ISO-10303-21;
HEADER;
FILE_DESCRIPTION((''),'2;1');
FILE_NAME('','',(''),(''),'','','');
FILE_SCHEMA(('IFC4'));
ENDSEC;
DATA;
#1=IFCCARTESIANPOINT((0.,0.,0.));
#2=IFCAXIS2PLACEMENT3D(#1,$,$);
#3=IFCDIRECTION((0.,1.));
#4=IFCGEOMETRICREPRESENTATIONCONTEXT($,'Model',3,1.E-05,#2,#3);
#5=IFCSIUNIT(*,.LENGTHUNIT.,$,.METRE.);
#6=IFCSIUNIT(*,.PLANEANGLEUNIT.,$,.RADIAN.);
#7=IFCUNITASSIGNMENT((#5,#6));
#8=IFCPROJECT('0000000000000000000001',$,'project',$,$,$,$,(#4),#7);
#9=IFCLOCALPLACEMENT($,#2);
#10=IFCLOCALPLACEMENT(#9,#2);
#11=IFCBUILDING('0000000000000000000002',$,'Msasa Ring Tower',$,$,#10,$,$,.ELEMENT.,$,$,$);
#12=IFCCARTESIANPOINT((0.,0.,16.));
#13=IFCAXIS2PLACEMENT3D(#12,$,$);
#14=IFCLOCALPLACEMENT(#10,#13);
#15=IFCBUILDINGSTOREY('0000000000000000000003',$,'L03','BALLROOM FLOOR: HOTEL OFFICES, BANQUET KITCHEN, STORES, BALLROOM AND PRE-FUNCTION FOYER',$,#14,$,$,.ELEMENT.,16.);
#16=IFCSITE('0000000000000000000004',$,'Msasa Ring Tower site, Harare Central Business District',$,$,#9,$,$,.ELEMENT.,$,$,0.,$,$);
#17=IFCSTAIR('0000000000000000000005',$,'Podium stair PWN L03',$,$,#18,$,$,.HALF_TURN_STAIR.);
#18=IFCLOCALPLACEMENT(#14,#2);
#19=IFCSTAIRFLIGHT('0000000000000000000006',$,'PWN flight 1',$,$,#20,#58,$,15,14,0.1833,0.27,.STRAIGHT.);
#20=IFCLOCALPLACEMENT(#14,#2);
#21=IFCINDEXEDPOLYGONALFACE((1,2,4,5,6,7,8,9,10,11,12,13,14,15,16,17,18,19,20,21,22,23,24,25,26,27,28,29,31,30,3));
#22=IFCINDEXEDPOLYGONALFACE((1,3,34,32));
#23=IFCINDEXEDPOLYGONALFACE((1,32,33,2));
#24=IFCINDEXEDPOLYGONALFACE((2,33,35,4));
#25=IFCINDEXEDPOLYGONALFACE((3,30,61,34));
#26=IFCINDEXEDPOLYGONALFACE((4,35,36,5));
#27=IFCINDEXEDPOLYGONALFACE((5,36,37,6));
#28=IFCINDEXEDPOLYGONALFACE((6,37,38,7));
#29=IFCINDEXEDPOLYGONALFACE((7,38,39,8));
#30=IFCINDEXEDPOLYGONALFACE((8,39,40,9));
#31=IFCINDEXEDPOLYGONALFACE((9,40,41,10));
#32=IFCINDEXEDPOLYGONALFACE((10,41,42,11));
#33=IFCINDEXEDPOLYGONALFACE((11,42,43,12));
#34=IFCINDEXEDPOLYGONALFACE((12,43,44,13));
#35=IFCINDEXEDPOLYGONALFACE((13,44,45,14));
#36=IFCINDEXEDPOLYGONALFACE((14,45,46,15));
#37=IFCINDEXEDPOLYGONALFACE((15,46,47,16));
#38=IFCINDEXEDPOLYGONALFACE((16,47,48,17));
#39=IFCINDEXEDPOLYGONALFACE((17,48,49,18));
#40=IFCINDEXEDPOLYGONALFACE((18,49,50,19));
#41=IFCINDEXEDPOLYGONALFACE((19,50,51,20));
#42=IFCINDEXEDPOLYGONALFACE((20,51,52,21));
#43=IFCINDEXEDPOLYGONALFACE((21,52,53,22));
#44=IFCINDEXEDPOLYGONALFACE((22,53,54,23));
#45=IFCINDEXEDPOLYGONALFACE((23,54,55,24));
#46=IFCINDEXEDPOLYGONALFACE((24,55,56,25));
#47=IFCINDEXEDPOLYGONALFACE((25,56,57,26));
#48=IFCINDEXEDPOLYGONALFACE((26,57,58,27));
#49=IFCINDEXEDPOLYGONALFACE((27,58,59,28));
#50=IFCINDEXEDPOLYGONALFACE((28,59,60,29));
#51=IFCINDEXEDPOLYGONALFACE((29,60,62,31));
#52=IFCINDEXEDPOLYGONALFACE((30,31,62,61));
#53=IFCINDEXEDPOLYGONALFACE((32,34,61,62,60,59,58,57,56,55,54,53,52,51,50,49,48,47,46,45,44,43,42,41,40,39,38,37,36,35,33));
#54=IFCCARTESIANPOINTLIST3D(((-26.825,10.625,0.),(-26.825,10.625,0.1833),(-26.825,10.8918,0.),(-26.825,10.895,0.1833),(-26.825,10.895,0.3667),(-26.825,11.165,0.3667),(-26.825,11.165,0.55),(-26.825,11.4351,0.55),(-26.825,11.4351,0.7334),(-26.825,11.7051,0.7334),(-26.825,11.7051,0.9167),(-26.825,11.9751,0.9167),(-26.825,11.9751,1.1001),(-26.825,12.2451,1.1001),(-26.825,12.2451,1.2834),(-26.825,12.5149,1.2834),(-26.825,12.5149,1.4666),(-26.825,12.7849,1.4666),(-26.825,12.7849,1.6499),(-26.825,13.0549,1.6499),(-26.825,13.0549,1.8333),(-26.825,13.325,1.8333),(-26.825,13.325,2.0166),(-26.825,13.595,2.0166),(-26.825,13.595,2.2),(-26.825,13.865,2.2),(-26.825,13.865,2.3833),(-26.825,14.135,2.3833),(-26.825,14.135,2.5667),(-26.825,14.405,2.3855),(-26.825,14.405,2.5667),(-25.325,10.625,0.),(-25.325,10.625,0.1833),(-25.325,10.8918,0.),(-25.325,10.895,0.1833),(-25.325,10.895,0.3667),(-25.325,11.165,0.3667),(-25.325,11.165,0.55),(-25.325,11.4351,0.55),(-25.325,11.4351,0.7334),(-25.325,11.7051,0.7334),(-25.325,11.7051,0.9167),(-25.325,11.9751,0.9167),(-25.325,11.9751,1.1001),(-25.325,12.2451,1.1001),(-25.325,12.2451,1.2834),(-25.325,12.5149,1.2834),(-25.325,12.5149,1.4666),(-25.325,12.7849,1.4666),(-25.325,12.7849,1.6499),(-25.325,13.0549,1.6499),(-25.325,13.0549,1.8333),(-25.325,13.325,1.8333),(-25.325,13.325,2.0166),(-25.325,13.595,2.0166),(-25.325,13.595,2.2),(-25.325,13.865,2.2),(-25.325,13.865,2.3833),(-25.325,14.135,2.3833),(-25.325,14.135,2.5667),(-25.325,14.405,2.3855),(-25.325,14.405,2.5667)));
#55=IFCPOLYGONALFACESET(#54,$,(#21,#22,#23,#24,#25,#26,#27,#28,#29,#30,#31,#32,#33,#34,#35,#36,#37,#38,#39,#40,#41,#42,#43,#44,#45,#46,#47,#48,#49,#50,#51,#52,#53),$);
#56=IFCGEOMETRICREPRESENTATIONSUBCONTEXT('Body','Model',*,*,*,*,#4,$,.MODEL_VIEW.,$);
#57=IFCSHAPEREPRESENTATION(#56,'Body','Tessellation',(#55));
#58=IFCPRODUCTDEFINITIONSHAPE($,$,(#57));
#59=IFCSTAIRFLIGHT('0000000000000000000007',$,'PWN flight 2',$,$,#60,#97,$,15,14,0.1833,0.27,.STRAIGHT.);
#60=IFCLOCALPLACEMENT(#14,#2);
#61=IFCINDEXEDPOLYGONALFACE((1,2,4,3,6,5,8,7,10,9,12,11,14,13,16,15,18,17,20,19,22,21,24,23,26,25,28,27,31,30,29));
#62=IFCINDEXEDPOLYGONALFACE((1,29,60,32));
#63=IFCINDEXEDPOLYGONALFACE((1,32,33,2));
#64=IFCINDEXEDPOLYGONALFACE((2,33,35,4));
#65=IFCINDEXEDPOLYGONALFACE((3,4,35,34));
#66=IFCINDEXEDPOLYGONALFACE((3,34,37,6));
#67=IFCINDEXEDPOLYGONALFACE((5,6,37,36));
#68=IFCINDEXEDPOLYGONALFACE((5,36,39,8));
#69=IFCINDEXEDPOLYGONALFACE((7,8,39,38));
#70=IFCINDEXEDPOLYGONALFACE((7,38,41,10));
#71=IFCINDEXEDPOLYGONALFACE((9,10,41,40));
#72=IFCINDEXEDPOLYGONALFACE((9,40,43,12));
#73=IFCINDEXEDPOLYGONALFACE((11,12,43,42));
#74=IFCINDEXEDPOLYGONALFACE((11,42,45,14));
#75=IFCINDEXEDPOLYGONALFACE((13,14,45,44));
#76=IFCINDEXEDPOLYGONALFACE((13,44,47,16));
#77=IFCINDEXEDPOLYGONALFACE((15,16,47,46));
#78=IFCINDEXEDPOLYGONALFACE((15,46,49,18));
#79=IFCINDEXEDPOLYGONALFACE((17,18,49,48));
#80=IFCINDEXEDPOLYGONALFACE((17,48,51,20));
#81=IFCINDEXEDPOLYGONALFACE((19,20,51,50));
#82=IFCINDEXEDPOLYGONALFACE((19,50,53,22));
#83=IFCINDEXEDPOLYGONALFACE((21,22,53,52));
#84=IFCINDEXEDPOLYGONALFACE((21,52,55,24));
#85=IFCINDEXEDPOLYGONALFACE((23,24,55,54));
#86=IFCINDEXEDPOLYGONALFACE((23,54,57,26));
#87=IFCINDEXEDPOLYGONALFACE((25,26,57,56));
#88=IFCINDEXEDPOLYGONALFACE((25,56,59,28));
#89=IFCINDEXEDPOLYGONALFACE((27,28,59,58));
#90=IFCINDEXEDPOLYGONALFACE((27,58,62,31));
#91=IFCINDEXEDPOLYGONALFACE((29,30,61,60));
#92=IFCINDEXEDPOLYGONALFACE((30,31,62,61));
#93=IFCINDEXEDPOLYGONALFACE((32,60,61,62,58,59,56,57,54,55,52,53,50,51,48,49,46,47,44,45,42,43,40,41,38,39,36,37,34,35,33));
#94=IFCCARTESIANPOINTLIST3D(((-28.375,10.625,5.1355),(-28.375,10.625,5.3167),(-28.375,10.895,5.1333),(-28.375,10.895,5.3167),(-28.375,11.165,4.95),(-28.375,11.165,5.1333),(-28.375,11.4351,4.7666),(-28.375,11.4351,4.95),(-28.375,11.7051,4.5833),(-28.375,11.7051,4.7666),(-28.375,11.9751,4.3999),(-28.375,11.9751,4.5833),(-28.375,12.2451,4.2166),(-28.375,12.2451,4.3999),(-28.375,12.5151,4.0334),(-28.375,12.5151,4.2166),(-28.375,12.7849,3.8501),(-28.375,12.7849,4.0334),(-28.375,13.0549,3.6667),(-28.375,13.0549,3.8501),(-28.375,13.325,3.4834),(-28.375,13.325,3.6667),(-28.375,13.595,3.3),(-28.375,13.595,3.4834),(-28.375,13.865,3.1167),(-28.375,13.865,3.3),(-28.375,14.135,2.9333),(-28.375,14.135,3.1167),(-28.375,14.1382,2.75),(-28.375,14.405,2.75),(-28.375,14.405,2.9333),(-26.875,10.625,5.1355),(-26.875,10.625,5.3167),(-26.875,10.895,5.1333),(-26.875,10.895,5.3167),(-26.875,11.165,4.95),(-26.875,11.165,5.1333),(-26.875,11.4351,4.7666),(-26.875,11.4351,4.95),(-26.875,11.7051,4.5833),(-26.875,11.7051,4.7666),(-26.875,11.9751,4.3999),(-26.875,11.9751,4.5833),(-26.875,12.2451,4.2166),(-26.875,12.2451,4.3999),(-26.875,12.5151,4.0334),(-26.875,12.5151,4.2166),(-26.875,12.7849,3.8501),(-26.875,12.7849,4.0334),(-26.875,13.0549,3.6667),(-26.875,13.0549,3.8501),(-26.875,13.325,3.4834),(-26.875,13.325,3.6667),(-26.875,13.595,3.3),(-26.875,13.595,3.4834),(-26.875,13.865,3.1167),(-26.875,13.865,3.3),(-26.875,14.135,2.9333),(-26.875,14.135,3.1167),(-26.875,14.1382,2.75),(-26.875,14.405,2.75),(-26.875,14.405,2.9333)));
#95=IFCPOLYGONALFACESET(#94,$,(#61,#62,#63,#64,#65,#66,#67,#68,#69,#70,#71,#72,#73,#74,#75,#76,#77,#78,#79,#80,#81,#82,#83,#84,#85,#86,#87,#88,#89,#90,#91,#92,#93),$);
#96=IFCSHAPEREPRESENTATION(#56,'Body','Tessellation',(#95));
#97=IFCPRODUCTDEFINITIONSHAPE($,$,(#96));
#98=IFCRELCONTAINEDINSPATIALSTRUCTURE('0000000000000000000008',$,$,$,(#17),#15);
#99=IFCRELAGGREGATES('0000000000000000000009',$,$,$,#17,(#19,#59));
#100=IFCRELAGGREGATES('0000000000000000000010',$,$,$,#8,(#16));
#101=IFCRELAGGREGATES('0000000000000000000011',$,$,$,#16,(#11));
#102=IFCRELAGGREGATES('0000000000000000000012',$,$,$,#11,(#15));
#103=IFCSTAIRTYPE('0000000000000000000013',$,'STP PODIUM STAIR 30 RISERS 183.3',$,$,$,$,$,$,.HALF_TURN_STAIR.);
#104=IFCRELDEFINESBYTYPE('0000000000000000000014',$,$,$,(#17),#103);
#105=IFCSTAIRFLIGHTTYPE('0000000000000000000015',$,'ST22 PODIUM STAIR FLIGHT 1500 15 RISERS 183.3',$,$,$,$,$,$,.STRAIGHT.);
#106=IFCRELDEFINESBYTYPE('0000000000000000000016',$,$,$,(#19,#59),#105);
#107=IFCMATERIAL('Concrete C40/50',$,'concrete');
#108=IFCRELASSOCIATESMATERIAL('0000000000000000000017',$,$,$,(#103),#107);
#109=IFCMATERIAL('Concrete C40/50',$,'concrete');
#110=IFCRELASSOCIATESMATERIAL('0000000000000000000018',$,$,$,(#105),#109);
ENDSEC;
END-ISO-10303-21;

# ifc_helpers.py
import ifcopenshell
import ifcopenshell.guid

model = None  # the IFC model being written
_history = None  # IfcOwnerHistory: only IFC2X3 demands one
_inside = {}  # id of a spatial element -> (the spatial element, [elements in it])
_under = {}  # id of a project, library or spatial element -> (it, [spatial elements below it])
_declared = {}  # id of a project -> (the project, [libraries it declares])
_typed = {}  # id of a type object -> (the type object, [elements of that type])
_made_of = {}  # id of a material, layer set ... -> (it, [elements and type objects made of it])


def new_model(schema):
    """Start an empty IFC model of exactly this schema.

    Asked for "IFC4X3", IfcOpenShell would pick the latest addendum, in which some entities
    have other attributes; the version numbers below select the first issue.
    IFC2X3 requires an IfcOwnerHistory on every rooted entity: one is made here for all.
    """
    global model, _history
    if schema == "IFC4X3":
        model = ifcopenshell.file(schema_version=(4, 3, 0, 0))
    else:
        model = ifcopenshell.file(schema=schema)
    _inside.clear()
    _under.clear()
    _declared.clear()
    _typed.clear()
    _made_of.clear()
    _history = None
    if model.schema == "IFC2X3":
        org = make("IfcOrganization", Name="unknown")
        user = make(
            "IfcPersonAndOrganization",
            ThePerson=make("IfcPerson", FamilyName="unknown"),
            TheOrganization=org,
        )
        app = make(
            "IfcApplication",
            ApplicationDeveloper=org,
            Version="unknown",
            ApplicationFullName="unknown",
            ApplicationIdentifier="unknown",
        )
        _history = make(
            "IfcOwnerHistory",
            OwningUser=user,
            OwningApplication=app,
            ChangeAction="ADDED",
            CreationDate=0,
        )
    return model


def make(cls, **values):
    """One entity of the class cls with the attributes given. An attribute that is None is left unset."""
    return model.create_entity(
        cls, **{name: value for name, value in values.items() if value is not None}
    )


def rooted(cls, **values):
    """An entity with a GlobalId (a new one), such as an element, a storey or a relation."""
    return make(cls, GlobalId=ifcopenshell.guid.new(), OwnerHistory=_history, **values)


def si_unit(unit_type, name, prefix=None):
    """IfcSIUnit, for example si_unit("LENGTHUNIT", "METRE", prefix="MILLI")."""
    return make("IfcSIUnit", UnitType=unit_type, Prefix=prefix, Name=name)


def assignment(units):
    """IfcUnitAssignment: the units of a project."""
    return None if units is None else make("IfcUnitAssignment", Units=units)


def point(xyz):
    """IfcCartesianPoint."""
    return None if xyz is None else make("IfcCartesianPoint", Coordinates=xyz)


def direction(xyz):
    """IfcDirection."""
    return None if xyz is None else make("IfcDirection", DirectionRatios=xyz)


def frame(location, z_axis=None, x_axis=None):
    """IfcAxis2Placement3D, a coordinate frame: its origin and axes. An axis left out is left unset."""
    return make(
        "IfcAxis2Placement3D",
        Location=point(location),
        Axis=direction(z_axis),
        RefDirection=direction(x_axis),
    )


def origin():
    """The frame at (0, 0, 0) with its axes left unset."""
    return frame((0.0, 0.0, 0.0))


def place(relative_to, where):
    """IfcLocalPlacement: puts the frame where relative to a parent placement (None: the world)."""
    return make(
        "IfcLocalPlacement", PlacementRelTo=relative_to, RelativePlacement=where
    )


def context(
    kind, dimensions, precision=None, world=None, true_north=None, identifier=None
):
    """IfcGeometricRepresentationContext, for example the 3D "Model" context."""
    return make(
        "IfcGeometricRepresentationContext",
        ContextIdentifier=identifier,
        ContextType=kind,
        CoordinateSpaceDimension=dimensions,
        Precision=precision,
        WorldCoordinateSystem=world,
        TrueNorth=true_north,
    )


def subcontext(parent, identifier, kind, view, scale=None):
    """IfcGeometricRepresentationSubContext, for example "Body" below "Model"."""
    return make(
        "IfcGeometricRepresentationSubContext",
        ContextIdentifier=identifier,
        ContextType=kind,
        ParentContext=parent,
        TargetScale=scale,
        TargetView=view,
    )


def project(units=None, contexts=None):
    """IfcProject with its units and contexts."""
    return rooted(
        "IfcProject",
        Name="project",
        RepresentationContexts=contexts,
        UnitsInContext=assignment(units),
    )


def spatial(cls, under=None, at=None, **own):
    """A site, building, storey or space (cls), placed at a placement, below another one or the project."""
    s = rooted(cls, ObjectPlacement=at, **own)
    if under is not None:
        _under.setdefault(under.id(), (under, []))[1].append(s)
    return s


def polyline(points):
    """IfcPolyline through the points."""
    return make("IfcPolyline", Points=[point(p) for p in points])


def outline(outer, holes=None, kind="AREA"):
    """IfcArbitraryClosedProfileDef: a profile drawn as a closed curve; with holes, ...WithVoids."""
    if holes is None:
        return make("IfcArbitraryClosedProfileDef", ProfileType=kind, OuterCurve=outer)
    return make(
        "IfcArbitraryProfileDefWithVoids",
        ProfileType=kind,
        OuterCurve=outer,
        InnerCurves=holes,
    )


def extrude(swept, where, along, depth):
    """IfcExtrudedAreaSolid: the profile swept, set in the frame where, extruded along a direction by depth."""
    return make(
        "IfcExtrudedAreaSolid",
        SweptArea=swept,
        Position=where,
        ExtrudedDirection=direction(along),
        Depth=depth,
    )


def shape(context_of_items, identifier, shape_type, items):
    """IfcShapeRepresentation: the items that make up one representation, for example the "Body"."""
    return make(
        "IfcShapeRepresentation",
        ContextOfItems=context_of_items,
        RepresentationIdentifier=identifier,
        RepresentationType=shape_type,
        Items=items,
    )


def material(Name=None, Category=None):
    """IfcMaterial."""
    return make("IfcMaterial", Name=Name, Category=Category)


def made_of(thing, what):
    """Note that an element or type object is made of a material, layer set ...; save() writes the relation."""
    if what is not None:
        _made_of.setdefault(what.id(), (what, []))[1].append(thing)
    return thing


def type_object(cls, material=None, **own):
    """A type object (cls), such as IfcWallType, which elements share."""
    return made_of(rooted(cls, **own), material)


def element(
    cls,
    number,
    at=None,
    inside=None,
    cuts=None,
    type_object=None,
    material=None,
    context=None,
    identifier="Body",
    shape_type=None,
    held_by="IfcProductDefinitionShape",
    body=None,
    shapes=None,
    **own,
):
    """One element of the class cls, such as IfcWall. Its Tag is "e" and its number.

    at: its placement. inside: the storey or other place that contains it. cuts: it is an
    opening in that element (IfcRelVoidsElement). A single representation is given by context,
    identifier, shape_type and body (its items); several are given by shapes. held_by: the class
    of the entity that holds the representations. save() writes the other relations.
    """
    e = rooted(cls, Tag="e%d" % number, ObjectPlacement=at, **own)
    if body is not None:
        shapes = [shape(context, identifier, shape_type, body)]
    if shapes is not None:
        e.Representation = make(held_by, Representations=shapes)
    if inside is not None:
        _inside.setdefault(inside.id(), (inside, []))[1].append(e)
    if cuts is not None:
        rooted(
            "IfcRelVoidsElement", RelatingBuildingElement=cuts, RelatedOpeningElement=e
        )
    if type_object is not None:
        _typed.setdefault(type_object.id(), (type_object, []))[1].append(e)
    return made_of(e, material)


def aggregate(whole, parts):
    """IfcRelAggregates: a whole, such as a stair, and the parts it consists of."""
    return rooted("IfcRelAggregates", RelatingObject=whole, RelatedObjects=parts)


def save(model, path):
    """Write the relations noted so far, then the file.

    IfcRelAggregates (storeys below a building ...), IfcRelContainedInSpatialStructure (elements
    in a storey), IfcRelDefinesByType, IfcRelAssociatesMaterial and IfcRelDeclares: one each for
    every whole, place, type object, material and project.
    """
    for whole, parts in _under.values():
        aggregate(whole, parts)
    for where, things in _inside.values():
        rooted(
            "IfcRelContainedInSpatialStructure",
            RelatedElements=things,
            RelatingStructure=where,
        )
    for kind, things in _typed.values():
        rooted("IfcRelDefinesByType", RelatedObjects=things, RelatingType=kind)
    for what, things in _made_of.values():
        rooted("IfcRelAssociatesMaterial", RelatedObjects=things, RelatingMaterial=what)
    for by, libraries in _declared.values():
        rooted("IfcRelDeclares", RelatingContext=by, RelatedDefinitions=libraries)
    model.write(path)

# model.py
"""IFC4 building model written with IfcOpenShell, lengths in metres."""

from ifc_helpers import new_model, si_unit, direction, frame, origin, place, context, subcontext, project, spatial, polyline, outline, extrude, material, type_object, element, aggregate, save


model = new_model("IFC4")

# Units and contexts
model_context = context("Model", 3, precision=1e-05, world=origin(), true_north=direction((0.0, 1.0)))
body_context = subcontext(model_context, "Body", "Model", "MODEL_VIEW")
ifc_project = project(units=[si_unit("LENGTHUNIT", "METRE"), si_unit("PLANEANGLEUNIT", "RADIAN")], contexts=[model_context])

# Site, building, storey
site_placement = place(None, origin())
site = spatial("IfcSite", under=ifc_project, at=site_placement, Name="Msasa Ring Tower site, Harare Central Business District", CompositionType="ELEMENT", RefElevation=0.0)
building_placement = place(site_placement, origin())
building = spatial("IfcBuilding", under=site, at=building_placement, Name="Msasa Ring Tower", CompositionType="ELEMENT")
storey_placement = place(building_placement, frame((0.0, 0.0, 16.0)))
storey = spatial("IfcBuildingStorey", under=building, at=storey_placement, Name="L03", Description="BALLROOM FLOOR: HOTEL OFFICES, BANQUET KITCHEN, STORES, BALLROOM AND PRE-FUNCTION FOYER", CompositionType="ELEMENT", Elevation=16.0)

# Stair, stair flights
ifc_material_1 = material(Name="Concrete C40/50", Category="concrete")
stair_type = type_object("IfcStairType", Name="STP PODIUM STAIR 30 RISERS 183.3", PredefinedType="HALF_TURN_STAIR", material=ifc_material_1)
stair_placement = place(storey_placement, origin())
stair = element("IfcStair", 1, at=stair_placement, inside=storey, type_object=stair_type, Name="Podium stair PWN L03", PredefinedType="HALF_TURN_STAIR")
ifc_material_2 = material(Name="Concrete C40/50", Category="concrete")
stair_flight_type = type_object("IfcStairFlightType", Name="ST22 PODIUM STAIR FLIGHT 1500 15 RISERS 183.3", PredefinedType="STRAIGHT", material=ifc_material_2)
stair_flight_1_placement = place(storey_placement, frame((-26.075, 10.625, 0.0), z_axis=(0.0, 0.0, 1.0), x_axis=(0.0, 1.0, 0.0)))
stair_flight_1 = element("IfcStairFlight", 2, at=stair_flight_1_placement, type_object=stair_flight_type, Name="PWN flight 1", NumberOfRisers=15, NumberOfTreads=14, PredefinedType="STRAIGHT", RiserHeight=0.1833, TreadLength=0.27, context=body_context, shape_type="SweptSolid", body=[
    extrude(outline(polyline([(0.0, 0.0), (0.0, 0.1833), (0.27, 0.1833), (0.27, 0.3667), (0.54, 0.3667), (0.54, 0.55), (0.8101, 0.55), (0.8101, 0.7334), (1.0801, 0.7334), (1.0801, 0.9167), (1.3501, 0.9167), (1.3501, 1.1001), (1.6201, 1.1001), (1.6201, 1.2834), (1.8899, 1.2834), (1.8899, 1.4666), (2.1599, 1.4666), (2.1599, 1.6499), (2.4299, 1.6499), (2.4299, 1.8333), (2.7, 1.8333), (2.7, 2.0166), (2.97, 2.0166), (2.97, 2.2), (3.24, 2.2), (3.24, 2.3833), (3.51, 2.3833), (3.51, 2.5667), (3.78, 2.5667), (3.78, 2.75), (3.78, 2.3855), (0.2668, 0.0), (0.0, 0.0)])), frame((0.0, 0.75, 0.0), z_axis=(0.0, -1.0, 0.0), x_axis=(1.0, 0.0, 0.0)), (0.0, 0.0, 1.0), 1.5),
])
stair_flight_2_placement = place(storey_placement, frame((-27.625, 14.405, 2.75), z_axis=(0.0, 0.0, 1.0), x_axis=(0.0, -1.0, 0.0)))
stair_flight_2 = element("IfcStairFlight", 3, at=stair_flight_2_placement, type_object=stair_flight_type, Name="PWN flight 2", NumberOfRisers=15, NumberOfTreads=14, PredefinedType="STRAIGHT", RiserHeight=0.1833, TreadLength=0.27, context=body_context, shape_type="SweptSolid", body=[
    extrude(outline(polyline([(0.0, 0.0), (0.0, 0.1833), (0.27, 0.1833), (0.27, 0.3667), (0.54, 0.3667), (0.54, 0.55), (0.8101, 0.55), (0.8101, 0.7334), (1.0801, 0.7334), (1.0801, 0.9167), (1.3501, 0.9167), (1.3501, 1.1001), (1.6201, 1.1001), (1.6201, 1.2834), (1.8899, 1.2834), (1.8899, 1.4666), (2.1599, 1.4666), (2.1599, 1.6499), (2.4299, 1.6499), (2.4299, 1.8333), (2.7, 1.8333), (2.7, 2.0166), (2.97, 2.0166), (2.97, 2.2), (3.24, 2.2), (3.24, 2.3833), (3.51, 2.3833), (3.51, 2.5667), (3.78, 2.5667), (3.78, 2.75), (3.78, 2.3855), (0.2668, 0.0), (0.0, 0.0)])), frame((0.0, 0.75, 0.0), z_axis=(0.0, -1.0, 0.0), x_axis=(1.0, 0.0, 0.0)), (0.0, 0.0, 1.0), 1.5),
])
aggregate(stair, [stair_flight_1, stair_flight_2])

save(model, "model.ifc")
